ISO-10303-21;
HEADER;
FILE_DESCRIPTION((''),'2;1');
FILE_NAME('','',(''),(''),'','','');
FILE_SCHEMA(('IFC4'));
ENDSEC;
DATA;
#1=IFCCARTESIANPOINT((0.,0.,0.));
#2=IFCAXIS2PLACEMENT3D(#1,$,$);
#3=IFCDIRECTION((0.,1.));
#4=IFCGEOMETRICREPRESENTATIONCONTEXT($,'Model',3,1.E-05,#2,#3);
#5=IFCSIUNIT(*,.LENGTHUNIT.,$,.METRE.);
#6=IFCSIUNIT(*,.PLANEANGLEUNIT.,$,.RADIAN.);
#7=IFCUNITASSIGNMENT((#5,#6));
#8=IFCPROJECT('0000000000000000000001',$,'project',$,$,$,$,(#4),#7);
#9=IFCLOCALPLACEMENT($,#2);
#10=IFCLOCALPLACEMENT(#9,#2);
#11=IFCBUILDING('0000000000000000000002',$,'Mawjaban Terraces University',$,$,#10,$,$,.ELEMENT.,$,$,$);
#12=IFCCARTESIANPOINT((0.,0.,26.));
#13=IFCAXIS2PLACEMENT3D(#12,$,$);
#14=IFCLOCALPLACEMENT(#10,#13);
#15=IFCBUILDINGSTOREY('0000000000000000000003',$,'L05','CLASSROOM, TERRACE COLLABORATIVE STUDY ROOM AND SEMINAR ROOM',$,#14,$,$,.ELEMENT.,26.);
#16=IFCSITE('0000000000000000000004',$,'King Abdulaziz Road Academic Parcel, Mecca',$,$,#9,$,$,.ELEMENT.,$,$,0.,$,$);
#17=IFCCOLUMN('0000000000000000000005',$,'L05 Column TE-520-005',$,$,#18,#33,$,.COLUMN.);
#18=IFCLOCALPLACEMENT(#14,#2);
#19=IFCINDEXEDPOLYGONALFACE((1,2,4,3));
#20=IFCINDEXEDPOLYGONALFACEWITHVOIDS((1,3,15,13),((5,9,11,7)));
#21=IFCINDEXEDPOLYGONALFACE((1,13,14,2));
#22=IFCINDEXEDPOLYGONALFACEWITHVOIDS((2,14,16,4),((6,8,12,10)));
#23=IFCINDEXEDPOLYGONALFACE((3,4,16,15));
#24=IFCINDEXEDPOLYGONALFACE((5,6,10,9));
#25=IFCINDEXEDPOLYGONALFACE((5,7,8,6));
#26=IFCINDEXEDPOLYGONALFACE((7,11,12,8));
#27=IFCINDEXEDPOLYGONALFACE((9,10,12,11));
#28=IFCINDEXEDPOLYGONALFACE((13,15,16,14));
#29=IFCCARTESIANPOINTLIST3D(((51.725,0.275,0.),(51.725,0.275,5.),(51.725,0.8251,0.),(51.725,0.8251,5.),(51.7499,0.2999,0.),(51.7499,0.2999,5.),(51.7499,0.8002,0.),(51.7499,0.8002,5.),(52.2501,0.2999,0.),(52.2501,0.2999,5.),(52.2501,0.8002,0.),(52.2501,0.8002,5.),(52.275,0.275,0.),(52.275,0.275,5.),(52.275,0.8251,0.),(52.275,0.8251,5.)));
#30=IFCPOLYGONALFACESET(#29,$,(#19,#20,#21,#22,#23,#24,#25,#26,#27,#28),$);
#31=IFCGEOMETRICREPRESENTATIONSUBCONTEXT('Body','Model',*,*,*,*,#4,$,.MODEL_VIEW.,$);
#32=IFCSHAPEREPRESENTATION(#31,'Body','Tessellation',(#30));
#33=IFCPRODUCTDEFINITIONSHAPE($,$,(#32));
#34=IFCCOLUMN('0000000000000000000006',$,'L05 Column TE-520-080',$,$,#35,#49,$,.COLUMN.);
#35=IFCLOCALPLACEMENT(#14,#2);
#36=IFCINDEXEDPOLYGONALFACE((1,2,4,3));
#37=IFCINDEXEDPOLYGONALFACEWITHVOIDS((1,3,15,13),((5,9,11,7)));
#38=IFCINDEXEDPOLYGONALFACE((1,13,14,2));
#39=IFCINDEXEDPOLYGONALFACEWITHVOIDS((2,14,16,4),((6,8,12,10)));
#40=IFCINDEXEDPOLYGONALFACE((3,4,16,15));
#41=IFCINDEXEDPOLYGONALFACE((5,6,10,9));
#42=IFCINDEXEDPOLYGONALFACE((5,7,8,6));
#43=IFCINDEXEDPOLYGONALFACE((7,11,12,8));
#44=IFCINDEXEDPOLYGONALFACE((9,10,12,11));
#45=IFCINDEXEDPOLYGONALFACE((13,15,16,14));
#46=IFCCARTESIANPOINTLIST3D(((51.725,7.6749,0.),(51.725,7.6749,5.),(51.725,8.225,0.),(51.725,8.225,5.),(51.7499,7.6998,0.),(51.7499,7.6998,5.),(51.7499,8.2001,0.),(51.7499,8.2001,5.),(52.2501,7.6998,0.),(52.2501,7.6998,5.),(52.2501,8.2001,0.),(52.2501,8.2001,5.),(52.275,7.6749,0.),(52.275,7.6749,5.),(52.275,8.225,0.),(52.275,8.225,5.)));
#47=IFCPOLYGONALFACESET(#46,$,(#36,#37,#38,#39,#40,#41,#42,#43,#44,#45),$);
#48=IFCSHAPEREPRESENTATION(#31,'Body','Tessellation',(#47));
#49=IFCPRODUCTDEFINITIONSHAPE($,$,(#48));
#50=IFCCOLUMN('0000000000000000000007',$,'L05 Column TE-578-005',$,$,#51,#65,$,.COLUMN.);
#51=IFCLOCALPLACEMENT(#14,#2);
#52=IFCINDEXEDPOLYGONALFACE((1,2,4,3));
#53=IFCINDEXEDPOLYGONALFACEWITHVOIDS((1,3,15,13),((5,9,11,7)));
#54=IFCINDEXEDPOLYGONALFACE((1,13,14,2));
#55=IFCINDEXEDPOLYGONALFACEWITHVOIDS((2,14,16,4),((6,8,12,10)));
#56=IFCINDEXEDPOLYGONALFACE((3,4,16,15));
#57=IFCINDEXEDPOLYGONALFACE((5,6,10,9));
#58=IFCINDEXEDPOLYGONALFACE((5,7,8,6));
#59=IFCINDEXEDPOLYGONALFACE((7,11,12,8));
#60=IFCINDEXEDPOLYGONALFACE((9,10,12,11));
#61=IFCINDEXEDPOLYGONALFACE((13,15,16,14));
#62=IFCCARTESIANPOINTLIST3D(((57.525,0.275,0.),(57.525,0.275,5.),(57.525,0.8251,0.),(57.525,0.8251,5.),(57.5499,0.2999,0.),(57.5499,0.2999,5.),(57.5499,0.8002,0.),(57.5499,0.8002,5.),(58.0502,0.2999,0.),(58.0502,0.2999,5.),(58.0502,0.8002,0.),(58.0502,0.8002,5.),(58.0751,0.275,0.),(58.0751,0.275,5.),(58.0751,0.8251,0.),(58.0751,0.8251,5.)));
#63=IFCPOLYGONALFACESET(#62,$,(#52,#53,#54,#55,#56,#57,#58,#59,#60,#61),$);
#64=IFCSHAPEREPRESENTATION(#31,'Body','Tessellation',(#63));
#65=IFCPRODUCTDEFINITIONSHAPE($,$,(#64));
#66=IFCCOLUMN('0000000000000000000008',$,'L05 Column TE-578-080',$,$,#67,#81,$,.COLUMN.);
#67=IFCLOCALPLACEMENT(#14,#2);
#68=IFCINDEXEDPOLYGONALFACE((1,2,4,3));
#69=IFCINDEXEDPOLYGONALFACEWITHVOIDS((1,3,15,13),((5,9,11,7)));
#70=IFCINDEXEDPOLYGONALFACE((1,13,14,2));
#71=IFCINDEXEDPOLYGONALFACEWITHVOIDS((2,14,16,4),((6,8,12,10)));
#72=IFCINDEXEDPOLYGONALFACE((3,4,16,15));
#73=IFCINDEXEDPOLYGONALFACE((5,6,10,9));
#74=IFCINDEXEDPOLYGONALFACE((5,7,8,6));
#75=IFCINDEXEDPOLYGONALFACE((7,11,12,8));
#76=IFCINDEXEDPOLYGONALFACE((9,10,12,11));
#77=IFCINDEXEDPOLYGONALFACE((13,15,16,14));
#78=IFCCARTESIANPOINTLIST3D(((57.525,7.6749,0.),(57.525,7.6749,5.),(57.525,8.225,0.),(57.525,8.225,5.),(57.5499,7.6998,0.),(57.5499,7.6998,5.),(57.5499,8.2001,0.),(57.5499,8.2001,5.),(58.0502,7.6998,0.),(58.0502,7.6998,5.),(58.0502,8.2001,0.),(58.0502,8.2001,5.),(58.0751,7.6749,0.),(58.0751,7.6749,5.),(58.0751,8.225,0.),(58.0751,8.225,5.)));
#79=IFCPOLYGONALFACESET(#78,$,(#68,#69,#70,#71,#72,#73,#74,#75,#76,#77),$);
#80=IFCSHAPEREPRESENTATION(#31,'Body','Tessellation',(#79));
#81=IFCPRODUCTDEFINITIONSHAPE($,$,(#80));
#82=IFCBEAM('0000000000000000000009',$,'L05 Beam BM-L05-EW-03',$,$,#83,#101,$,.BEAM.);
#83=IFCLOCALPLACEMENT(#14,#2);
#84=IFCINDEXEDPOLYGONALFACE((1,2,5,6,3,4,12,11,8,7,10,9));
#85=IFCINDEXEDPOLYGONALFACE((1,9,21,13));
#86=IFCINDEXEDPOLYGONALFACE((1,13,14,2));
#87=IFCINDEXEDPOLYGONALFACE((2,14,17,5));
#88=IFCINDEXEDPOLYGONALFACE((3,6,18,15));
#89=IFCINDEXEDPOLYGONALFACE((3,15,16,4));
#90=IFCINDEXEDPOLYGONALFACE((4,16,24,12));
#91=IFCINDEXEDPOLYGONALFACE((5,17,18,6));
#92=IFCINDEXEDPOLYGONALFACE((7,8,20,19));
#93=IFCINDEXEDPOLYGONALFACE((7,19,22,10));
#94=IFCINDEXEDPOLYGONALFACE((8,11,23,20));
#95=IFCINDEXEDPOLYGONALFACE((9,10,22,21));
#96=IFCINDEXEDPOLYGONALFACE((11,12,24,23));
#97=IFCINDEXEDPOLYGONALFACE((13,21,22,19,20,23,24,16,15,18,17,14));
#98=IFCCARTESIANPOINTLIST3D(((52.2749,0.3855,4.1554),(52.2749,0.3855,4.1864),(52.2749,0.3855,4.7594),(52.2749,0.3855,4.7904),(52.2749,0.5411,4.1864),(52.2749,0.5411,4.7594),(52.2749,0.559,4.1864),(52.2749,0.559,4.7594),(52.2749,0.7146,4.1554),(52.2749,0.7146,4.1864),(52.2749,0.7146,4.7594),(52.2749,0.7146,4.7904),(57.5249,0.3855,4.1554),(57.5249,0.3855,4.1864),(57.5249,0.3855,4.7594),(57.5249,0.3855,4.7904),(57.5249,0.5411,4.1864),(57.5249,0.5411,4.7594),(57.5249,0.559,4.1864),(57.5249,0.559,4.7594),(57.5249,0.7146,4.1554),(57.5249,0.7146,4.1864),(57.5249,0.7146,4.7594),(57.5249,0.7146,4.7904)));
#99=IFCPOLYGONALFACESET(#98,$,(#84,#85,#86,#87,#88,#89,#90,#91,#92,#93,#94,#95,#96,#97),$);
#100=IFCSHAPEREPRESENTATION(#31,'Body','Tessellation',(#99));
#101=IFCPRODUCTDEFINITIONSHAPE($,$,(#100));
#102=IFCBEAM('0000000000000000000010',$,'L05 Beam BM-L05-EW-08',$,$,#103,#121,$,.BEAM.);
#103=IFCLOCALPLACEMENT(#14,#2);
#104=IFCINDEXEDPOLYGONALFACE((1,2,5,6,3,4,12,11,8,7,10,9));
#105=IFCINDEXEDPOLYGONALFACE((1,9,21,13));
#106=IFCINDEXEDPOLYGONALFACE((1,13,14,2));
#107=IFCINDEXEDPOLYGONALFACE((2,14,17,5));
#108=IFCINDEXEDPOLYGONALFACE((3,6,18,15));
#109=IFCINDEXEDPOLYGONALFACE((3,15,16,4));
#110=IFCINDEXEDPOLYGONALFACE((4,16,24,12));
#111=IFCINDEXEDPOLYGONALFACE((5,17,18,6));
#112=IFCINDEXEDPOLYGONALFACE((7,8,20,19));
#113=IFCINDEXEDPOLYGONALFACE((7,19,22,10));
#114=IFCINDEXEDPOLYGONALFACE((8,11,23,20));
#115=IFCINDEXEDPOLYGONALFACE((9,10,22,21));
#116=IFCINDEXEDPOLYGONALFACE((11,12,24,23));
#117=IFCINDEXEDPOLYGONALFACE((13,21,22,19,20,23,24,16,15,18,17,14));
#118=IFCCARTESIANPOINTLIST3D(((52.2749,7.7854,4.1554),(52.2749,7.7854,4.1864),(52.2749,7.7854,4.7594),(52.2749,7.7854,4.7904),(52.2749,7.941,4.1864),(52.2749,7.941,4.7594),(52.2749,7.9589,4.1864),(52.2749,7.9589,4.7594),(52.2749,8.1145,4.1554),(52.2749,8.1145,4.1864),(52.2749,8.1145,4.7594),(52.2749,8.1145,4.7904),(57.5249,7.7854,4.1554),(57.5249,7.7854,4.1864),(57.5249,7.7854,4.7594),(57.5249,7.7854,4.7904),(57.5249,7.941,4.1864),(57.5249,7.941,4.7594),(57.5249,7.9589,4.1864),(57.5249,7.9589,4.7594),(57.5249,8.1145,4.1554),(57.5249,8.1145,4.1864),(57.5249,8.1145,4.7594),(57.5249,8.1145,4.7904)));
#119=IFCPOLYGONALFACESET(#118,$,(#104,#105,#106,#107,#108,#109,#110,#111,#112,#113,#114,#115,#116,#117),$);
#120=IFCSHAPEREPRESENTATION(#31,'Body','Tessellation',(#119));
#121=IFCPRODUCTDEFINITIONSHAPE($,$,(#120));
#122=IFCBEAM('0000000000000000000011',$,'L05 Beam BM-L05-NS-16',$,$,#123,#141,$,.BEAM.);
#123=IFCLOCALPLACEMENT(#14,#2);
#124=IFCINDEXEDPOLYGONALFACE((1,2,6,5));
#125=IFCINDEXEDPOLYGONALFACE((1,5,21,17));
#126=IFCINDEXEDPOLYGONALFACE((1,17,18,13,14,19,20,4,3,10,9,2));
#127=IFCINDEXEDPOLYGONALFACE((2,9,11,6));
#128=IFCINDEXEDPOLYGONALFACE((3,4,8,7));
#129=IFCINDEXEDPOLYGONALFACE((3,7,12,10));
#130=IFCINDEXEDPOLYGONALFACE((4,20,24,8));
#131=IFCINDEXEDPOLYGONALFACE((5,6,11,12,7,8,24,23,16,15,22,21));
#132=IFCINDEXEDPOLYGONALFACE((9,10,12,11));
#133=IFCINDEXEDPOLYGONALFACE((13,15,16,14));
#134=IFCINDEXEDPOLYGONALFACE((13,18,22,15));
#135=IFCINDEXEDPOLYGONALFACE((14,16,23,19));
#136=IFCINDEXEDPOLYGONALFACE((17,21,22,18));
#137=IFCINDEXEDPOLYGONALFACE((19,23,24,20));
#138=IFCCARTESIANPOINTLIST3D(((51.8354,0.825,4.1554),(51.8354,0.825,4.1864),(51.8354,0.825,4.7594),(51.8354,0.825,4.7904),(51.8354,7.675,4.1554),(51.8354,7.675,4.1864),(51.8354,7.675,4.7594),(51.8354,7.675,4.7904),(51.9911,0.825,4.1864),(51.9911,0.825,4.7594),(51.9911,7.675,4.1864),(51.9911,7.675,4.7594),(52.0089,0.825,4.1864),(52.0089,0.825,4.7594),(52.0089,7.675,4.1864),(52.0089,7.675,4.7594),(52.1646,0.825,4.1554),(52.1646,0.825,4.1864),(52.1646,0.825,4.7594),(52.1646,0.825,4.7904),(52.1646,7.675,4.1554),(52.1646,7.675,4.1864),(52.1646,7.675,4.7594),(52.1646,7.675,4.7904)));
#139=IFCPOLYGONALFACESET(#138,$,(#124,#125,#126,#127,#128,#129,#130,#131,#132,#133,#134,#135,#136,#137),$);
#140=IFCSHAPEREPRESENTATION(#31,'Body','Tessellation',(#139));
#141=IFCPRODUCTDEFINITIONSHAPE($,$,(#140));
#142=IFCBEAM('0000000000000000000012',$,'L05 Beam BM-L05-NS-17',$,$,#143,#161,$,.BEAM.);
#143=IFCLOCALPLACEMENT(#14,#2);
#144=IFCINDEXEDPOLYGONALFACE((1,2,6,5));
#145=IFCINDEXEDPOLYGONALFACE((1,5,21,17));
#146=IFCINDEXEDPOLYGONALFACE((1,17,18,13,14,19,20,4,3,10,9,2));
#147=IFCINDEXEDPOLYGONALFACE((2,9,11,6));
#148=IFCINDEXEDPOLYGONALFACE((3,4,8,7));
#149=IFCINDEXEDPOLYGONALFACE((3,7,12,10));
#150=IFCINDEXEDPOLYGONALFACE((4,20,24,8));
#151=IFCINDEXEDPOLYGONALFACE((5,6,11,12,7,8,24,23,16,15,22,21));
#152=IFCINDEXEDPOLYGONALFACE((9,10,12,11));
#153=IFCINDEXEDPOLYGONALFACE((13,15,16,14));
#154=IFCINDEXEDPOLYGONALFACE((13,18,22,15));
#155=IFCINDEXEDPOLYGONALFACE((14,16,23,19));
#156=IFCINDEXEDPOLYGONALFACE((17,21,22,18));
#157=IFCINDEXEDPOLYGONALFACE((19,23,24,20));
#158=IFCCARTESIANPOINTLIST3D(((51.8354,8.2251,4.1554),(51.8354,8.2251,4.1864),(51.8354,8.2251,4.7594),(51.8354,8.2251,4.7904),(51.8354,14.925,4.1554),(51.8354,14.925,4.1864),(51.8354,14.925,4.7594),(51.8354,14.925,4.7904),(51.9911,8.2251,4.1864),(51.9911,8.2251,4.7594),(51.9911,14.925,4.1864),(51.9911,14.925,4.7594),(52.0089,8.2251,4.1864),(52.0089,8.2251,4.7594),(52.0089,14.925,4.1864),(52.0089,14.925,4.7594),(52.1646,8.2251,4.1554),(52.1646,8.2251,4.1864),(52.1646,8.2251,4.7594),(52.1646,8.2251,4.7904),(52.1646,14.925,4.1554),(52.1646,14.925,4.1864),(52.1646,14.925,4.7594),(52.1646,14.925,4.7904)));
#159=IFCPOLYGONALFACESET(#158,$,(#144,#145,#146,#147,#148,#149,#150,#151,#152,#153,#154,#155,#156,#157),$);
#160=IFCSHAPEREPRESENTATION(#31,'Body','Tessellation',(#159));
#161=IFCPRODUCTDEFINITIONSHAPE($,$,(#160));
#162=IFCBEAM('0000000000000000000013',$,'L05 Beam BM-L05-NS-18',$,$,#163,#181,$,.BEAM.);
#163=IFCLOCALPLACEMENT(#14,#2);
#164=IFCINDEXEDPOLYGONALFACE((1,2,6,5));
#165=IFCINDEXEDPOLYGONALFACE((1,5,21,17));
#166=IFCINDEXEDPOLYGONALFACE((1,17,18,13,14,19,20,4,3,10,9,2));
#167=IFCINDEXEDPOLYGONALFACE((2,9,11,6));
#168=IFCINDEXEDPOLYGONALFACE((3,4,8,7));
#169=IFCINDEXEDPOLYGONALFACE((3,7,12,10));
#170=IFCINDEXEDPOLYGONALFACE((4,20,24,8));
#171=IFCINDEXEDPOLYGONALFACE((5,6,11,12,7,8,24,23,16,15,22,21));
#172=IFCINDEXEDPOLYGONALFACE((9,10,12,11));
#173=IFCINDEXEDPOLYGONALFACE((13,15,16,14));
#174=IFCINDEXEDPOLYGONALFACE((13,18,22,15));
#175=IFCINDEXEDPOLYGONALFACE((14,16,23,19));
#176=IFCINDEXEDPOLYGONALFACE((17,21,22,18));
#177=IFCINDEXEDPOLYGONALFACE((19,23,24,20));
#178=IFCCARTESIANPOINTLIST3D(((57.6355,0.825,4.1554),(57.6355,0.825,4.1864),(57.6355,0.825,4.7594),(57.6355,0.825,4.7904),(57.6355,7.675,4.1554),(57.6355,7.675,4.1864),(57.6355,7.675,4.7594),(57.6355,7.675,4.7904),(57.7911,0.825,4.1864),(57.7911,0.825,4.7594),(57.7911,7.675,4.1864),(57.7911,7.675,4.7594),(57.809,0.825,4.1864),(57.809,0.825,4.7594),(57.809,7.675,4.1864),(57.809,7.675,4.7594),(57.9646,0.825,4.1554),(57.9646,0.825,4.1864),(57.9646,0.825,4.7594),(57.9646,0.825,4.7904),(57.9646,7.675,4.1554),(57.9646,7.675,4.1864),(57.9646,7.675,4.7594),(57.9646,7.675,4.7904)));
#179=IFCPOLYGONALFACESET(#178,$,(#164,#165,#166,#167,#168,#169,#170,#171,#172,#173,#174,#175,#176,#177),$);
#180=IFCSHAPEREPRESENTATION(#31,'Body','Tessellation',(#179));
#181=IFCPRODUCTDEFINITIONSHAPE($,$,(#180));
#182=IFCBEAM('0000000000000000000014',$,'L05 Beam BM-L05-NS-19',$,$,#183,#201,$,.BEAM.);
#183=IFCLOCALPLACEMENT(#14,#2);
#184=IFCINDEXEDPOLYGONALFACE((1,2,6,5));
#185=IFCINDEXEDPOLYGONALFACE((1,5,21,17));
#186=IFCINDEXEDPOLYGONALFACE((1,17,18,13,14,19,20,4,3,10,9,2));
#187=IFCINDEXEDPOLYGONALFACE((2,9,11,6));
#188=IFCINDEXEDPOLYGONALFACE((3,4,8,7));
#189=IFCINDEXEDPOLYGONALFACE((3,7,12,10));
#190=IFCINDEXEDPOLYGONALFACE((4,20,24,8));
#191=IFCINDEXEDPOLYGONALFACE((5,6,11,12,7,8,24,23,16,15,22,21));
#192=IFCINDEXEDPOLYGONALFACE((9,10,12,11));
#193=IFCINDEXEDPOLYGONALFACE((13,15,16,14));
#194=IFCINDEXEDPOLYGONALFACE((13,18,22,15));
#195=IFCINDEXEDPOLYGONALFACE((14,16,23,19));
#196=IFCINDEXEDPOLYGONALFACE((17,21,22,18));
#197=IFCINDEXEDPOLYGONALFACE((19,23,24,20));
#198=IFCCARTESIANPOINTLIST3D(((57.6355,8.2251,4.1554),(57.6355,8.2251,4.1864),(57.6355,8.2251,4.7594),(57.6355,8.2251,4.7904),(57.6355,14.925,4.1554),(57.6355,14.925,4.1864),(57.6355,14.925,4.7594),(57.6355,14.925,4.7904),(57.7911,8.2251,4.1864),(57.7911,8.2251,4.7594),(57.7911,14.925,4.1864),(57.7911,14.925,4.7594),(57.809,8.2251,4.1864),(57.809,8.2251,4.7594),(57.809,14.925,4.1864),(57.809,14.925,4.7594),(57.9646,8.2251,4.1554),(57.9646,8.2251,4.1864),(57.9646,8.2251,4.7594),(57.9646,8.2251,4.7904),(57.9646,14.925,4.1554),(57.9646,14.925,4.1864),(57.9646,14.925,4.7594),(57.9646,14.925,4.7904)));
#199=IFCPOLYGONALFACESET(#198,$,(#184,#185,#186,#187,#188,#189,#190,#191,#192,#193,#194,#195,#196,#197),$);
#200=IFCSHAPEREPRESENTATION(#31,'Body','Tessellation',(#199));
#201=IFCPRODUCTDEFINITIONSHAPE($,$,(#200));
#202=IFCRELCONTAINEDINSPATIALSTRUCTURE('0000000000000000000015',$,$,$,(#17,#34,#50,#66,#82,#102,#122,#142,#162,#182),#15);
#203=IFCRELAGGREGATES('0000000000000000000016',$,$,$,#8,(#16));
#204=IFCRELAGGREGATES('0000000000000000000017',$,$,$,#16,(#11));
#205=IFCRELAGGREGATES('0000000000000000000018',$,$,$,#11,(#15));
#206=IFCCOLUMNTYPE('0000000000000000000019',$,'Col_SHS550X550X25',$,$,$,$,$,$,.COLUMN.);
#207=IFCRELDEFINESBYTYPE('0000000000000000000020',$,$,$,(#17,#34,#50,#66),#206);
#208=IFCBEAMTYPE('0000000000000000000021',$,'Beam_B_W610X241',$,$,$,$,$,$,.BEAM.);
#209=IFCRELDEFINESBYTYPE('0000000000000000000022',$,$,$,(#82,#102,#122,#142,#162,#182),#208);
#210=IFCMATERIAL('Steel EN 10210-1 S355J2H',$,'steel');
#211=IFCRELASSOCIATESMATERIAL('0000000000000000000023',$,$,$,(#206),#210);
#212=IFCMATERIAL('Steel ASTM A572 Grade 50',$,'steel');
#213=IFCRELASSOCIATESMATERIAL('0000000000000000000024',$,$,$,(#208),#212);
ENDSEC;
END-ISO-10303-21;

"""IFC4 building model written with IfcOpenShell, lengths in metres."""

from ifc_helpers import new_model, si_unit, direction, frame, origin, origin_2d, place, context, subcontext, project, spatial, hollow_rectangle, i_section, extrude, material, material_profile, profile_set, type_object, element, save


model = new_model("IFC4")

# Units and contexts
model_context = context("Model", 3, precision=1e-05, world=origin(), true_north=direction((0.0, 1.0)))
body_context = subcontext(model_context, "Body", "Model", "MODEL_VIEW")
ifc_project = project(units=[si_unit("LENGTHUNIT", "METRE"), si_unit("PLANEANGLEUNIT", "RADIAN")], contexts=[model_context])

# Site, building, storey
site_placement = place(None, origin())
site = spatial("IfcSite", under=ifc_project, at=site_placement, Name="King Abdulaziz Road Academic Parcel, Mecca", CompositionType="ELEMENT", RefElevation=0.0)
building_placement = place(site_placement, origin())
building = spatial("IfcBuilding", under=site, at=building_placement, Name="Mawjaban Terraces University", CompositionType="ELEMENT")
storey_placement = place(building_placement, frame((0.0, 0.0, 26.0)))
storey = spatial("IfcBuildingStorey", under=building, at=storey_placement, Name="L05", Description="CLASSROOM, TERRACE COLLABORATIVE STUDY ROOM AND SEMINAR ROOM", CompositionType="ELEMENT", Elevation=26.0)

# Columns
ifc_material_1 = material(Name="Steel EN 10210-1 S355J2H", Category="steel")
ifc_material_profile_1 = material_profile(ifc_material_1, hollow_rectangle(XDim=0.55, YDim=0.55, WallThickness=0.0249, at=origin_2d()), Name="SHS550X550X25")
ifc_profile_set_1 = profile_set([ifc_material_profile_1], Name="Steel EN 10210-1 S355J2H")
column_type = type_object("IfcColumnType", Name="Col_SHS550X550X25", PredefinedType="COLUMN", material=ifc_profile_set_1)
for number, where, z_axis, x_axis, name in (
    (1, (52.0, 0.55, 0.0), (0.0, 0.0, 1.0), (1.0, 0.0, 0.0), "L05 Column TE-520-005"),
    (2, (52.0, 7.95, 0.0), (0.0, 0.0, 1.0), (1.0, 0.0, 0.0), "L05 Column TE-520-080"),
    (3, (57.8, 0.55, 0.0), (0.0, 0.0, 1.0), (1.0, 0.0, 0.0), "L05 Column TE-578-005"),
    (4, (57.8, 7.95, 0.0), (0.0, 0.0, 1.0), (1.0, 0.0, 0.0), "L05 Column TE-578-080"),
):
    element("IfcColumn", number, at=place(storey_placement, frame(where, z_axis=z_axis, x_axis=x_axis)), inside=storey, type_object=column_type, Name=name, PredefinedType="COLUMN", context=body_context, shape_type="SweptSolid", body=[
        extrude(hollow_rectangle(XDim=0.55, YDim=0.55, WallThickness=0.0249, at=origin_2d()), origin(), (0.0, 0.0, 1.0), 5.0),
    ])

# Beams
ifc_material_2 = material(Name="Steel ASTM A572 Grade 50", Category="steel")
ifc_material_profile_2 = material_profile(ifc_material_2, i_section(OverallWidth=0.3291, OverallDepth=0.635, WebThickness=0.0178, FlangeThickness=0.031, at=origin_2d()), Name="W610X241")
ifc_profile_set_2 = profile_set([ifc_material_profile_2], Name="Steel ASTM A572 Grade 50")
beam_type_1 = type_object("IfcBeamType", Name="Beam_B_W610X241", PredefinedType="BEAM", material=ifc_profile_set_2)
for number, where, z_axis, x_axis, name in (
    (5, (52.2749, 0.55, 4.4729), (1.0, 0.0, 0.0), (0.0, 1.0, 0.0), "L05 Beam BM-L05-EW-03"),
    (6, (52.2749, 7.95, 4.4729), (1.0, 0.0, 0.0), (0.0, 1.0, 0.0), "L05 Beam BM-L05-EW-08"),
):
    element("IfcBeam", number, at=place(storey_placement, frame(where, z_axis=z_axis, x_axis=x_axis)), inside=storey, type_object=beam_type_1, Name=name, PredefinedType="BEAM", context=body_context, shape_type="SweptSolid", body=[
        extrude(i_section(OverallWidth=0.3291, OverallDepth=0.635, WebThickness=0.0178, FlangeThickness=0.031, at=origin_2d()), origin(), (0.0, 0.0, 1.0), 5.25),
    ])
beam_1_placement = place(storey_placement, frame((52.0, 0.825, 4.4729), z_axis=(0.0, 1.0, 0.0), x_axis=(-1.0, 0.0, 0.0)))
element("IfcBeam", 7, at=beam_1_placement, inside=storey, type_object=beam_type_1, Name="L05 Beam BM-L05-NS-16", PredefinedType="BEAM", context=body_context, shape_type="SweptSolid", body=[
    extrude(i_section(OverallWidth=0.3291, OverallDepth=0.635, WebThickness=0.0178, FlangeThickness=0.031, at=origin_2d()), origin(), (0.0, 0.0, 1.0), 6.8501),
])
beam_2_placement = place(storey_placement, frame((52.0, 8.2251, 4.4729), z_axis=(0.0, 1.0, 0.0), x_axis=(-1.0, 0.0, 0.0)))
element("IfcBeam", 8, at=beam_2_placement, inside=storey, type_object=beam_type_1, Name="L05 Beam BM-L05-NS-17", PredefinedType="BEAM", context=body_context, shape_type="SweptSolid", body=[
    extrude(i_section(OverallWidth=0.3291, OverallDepth=0.635, WebThickness=0.0178, FlangeThickness=0.031, at=origin_2d()), origin(), (0.0, 0.0, 1.0), 6.7),
])
beam_3_placement = place(storey_placement, frame((57.8, 0.825, 4.4729), z_axis=(0.0, 1.0, 0.0), x_axis=(-1.0, 0.0, 0.0)))
element("IfcBeam", 9, at=beam_3_placement, inside=storey, type_object=beam_type_1, Name="L05 Beam BM-L05-NS-18", PredefinedType="BEAM", context=body_context, shape_type="SweptSolid", body=[
    extrude(i_section(OverallWidth=0.3291, OverallDepth=0.635, WebThickness=0.0178, FlangeThickness=0.031, at=origin_2d()), origin(), (0.0, 0.0, 1.0), 6.8501),
])
beam_4_placement = place(storey_placement, frame((57.8, 8.2251, 4.4729), z_axis=(0.0, 1.0, 0.0), x_axis=(-1.0, 0.0, 0.0)))
element("IfcBeam", 10, at=beam_4_placement, inside=storey, type_object=beam_type_1, Name="L05 Beam BM-L05-NS-19", PredefinedType="BEAM", context=body_context, shape_type="SweptSolid", body=[
    extrude(i_section(OverallWidth=0.3291, OverallDepth=0.635, WebThickness=0.0178, FlangeThickness=0.031, at=origin_2d()), origin(), (0.0, 0.0, 1.0), 6.7),
])

save(model, "model.ifc")
